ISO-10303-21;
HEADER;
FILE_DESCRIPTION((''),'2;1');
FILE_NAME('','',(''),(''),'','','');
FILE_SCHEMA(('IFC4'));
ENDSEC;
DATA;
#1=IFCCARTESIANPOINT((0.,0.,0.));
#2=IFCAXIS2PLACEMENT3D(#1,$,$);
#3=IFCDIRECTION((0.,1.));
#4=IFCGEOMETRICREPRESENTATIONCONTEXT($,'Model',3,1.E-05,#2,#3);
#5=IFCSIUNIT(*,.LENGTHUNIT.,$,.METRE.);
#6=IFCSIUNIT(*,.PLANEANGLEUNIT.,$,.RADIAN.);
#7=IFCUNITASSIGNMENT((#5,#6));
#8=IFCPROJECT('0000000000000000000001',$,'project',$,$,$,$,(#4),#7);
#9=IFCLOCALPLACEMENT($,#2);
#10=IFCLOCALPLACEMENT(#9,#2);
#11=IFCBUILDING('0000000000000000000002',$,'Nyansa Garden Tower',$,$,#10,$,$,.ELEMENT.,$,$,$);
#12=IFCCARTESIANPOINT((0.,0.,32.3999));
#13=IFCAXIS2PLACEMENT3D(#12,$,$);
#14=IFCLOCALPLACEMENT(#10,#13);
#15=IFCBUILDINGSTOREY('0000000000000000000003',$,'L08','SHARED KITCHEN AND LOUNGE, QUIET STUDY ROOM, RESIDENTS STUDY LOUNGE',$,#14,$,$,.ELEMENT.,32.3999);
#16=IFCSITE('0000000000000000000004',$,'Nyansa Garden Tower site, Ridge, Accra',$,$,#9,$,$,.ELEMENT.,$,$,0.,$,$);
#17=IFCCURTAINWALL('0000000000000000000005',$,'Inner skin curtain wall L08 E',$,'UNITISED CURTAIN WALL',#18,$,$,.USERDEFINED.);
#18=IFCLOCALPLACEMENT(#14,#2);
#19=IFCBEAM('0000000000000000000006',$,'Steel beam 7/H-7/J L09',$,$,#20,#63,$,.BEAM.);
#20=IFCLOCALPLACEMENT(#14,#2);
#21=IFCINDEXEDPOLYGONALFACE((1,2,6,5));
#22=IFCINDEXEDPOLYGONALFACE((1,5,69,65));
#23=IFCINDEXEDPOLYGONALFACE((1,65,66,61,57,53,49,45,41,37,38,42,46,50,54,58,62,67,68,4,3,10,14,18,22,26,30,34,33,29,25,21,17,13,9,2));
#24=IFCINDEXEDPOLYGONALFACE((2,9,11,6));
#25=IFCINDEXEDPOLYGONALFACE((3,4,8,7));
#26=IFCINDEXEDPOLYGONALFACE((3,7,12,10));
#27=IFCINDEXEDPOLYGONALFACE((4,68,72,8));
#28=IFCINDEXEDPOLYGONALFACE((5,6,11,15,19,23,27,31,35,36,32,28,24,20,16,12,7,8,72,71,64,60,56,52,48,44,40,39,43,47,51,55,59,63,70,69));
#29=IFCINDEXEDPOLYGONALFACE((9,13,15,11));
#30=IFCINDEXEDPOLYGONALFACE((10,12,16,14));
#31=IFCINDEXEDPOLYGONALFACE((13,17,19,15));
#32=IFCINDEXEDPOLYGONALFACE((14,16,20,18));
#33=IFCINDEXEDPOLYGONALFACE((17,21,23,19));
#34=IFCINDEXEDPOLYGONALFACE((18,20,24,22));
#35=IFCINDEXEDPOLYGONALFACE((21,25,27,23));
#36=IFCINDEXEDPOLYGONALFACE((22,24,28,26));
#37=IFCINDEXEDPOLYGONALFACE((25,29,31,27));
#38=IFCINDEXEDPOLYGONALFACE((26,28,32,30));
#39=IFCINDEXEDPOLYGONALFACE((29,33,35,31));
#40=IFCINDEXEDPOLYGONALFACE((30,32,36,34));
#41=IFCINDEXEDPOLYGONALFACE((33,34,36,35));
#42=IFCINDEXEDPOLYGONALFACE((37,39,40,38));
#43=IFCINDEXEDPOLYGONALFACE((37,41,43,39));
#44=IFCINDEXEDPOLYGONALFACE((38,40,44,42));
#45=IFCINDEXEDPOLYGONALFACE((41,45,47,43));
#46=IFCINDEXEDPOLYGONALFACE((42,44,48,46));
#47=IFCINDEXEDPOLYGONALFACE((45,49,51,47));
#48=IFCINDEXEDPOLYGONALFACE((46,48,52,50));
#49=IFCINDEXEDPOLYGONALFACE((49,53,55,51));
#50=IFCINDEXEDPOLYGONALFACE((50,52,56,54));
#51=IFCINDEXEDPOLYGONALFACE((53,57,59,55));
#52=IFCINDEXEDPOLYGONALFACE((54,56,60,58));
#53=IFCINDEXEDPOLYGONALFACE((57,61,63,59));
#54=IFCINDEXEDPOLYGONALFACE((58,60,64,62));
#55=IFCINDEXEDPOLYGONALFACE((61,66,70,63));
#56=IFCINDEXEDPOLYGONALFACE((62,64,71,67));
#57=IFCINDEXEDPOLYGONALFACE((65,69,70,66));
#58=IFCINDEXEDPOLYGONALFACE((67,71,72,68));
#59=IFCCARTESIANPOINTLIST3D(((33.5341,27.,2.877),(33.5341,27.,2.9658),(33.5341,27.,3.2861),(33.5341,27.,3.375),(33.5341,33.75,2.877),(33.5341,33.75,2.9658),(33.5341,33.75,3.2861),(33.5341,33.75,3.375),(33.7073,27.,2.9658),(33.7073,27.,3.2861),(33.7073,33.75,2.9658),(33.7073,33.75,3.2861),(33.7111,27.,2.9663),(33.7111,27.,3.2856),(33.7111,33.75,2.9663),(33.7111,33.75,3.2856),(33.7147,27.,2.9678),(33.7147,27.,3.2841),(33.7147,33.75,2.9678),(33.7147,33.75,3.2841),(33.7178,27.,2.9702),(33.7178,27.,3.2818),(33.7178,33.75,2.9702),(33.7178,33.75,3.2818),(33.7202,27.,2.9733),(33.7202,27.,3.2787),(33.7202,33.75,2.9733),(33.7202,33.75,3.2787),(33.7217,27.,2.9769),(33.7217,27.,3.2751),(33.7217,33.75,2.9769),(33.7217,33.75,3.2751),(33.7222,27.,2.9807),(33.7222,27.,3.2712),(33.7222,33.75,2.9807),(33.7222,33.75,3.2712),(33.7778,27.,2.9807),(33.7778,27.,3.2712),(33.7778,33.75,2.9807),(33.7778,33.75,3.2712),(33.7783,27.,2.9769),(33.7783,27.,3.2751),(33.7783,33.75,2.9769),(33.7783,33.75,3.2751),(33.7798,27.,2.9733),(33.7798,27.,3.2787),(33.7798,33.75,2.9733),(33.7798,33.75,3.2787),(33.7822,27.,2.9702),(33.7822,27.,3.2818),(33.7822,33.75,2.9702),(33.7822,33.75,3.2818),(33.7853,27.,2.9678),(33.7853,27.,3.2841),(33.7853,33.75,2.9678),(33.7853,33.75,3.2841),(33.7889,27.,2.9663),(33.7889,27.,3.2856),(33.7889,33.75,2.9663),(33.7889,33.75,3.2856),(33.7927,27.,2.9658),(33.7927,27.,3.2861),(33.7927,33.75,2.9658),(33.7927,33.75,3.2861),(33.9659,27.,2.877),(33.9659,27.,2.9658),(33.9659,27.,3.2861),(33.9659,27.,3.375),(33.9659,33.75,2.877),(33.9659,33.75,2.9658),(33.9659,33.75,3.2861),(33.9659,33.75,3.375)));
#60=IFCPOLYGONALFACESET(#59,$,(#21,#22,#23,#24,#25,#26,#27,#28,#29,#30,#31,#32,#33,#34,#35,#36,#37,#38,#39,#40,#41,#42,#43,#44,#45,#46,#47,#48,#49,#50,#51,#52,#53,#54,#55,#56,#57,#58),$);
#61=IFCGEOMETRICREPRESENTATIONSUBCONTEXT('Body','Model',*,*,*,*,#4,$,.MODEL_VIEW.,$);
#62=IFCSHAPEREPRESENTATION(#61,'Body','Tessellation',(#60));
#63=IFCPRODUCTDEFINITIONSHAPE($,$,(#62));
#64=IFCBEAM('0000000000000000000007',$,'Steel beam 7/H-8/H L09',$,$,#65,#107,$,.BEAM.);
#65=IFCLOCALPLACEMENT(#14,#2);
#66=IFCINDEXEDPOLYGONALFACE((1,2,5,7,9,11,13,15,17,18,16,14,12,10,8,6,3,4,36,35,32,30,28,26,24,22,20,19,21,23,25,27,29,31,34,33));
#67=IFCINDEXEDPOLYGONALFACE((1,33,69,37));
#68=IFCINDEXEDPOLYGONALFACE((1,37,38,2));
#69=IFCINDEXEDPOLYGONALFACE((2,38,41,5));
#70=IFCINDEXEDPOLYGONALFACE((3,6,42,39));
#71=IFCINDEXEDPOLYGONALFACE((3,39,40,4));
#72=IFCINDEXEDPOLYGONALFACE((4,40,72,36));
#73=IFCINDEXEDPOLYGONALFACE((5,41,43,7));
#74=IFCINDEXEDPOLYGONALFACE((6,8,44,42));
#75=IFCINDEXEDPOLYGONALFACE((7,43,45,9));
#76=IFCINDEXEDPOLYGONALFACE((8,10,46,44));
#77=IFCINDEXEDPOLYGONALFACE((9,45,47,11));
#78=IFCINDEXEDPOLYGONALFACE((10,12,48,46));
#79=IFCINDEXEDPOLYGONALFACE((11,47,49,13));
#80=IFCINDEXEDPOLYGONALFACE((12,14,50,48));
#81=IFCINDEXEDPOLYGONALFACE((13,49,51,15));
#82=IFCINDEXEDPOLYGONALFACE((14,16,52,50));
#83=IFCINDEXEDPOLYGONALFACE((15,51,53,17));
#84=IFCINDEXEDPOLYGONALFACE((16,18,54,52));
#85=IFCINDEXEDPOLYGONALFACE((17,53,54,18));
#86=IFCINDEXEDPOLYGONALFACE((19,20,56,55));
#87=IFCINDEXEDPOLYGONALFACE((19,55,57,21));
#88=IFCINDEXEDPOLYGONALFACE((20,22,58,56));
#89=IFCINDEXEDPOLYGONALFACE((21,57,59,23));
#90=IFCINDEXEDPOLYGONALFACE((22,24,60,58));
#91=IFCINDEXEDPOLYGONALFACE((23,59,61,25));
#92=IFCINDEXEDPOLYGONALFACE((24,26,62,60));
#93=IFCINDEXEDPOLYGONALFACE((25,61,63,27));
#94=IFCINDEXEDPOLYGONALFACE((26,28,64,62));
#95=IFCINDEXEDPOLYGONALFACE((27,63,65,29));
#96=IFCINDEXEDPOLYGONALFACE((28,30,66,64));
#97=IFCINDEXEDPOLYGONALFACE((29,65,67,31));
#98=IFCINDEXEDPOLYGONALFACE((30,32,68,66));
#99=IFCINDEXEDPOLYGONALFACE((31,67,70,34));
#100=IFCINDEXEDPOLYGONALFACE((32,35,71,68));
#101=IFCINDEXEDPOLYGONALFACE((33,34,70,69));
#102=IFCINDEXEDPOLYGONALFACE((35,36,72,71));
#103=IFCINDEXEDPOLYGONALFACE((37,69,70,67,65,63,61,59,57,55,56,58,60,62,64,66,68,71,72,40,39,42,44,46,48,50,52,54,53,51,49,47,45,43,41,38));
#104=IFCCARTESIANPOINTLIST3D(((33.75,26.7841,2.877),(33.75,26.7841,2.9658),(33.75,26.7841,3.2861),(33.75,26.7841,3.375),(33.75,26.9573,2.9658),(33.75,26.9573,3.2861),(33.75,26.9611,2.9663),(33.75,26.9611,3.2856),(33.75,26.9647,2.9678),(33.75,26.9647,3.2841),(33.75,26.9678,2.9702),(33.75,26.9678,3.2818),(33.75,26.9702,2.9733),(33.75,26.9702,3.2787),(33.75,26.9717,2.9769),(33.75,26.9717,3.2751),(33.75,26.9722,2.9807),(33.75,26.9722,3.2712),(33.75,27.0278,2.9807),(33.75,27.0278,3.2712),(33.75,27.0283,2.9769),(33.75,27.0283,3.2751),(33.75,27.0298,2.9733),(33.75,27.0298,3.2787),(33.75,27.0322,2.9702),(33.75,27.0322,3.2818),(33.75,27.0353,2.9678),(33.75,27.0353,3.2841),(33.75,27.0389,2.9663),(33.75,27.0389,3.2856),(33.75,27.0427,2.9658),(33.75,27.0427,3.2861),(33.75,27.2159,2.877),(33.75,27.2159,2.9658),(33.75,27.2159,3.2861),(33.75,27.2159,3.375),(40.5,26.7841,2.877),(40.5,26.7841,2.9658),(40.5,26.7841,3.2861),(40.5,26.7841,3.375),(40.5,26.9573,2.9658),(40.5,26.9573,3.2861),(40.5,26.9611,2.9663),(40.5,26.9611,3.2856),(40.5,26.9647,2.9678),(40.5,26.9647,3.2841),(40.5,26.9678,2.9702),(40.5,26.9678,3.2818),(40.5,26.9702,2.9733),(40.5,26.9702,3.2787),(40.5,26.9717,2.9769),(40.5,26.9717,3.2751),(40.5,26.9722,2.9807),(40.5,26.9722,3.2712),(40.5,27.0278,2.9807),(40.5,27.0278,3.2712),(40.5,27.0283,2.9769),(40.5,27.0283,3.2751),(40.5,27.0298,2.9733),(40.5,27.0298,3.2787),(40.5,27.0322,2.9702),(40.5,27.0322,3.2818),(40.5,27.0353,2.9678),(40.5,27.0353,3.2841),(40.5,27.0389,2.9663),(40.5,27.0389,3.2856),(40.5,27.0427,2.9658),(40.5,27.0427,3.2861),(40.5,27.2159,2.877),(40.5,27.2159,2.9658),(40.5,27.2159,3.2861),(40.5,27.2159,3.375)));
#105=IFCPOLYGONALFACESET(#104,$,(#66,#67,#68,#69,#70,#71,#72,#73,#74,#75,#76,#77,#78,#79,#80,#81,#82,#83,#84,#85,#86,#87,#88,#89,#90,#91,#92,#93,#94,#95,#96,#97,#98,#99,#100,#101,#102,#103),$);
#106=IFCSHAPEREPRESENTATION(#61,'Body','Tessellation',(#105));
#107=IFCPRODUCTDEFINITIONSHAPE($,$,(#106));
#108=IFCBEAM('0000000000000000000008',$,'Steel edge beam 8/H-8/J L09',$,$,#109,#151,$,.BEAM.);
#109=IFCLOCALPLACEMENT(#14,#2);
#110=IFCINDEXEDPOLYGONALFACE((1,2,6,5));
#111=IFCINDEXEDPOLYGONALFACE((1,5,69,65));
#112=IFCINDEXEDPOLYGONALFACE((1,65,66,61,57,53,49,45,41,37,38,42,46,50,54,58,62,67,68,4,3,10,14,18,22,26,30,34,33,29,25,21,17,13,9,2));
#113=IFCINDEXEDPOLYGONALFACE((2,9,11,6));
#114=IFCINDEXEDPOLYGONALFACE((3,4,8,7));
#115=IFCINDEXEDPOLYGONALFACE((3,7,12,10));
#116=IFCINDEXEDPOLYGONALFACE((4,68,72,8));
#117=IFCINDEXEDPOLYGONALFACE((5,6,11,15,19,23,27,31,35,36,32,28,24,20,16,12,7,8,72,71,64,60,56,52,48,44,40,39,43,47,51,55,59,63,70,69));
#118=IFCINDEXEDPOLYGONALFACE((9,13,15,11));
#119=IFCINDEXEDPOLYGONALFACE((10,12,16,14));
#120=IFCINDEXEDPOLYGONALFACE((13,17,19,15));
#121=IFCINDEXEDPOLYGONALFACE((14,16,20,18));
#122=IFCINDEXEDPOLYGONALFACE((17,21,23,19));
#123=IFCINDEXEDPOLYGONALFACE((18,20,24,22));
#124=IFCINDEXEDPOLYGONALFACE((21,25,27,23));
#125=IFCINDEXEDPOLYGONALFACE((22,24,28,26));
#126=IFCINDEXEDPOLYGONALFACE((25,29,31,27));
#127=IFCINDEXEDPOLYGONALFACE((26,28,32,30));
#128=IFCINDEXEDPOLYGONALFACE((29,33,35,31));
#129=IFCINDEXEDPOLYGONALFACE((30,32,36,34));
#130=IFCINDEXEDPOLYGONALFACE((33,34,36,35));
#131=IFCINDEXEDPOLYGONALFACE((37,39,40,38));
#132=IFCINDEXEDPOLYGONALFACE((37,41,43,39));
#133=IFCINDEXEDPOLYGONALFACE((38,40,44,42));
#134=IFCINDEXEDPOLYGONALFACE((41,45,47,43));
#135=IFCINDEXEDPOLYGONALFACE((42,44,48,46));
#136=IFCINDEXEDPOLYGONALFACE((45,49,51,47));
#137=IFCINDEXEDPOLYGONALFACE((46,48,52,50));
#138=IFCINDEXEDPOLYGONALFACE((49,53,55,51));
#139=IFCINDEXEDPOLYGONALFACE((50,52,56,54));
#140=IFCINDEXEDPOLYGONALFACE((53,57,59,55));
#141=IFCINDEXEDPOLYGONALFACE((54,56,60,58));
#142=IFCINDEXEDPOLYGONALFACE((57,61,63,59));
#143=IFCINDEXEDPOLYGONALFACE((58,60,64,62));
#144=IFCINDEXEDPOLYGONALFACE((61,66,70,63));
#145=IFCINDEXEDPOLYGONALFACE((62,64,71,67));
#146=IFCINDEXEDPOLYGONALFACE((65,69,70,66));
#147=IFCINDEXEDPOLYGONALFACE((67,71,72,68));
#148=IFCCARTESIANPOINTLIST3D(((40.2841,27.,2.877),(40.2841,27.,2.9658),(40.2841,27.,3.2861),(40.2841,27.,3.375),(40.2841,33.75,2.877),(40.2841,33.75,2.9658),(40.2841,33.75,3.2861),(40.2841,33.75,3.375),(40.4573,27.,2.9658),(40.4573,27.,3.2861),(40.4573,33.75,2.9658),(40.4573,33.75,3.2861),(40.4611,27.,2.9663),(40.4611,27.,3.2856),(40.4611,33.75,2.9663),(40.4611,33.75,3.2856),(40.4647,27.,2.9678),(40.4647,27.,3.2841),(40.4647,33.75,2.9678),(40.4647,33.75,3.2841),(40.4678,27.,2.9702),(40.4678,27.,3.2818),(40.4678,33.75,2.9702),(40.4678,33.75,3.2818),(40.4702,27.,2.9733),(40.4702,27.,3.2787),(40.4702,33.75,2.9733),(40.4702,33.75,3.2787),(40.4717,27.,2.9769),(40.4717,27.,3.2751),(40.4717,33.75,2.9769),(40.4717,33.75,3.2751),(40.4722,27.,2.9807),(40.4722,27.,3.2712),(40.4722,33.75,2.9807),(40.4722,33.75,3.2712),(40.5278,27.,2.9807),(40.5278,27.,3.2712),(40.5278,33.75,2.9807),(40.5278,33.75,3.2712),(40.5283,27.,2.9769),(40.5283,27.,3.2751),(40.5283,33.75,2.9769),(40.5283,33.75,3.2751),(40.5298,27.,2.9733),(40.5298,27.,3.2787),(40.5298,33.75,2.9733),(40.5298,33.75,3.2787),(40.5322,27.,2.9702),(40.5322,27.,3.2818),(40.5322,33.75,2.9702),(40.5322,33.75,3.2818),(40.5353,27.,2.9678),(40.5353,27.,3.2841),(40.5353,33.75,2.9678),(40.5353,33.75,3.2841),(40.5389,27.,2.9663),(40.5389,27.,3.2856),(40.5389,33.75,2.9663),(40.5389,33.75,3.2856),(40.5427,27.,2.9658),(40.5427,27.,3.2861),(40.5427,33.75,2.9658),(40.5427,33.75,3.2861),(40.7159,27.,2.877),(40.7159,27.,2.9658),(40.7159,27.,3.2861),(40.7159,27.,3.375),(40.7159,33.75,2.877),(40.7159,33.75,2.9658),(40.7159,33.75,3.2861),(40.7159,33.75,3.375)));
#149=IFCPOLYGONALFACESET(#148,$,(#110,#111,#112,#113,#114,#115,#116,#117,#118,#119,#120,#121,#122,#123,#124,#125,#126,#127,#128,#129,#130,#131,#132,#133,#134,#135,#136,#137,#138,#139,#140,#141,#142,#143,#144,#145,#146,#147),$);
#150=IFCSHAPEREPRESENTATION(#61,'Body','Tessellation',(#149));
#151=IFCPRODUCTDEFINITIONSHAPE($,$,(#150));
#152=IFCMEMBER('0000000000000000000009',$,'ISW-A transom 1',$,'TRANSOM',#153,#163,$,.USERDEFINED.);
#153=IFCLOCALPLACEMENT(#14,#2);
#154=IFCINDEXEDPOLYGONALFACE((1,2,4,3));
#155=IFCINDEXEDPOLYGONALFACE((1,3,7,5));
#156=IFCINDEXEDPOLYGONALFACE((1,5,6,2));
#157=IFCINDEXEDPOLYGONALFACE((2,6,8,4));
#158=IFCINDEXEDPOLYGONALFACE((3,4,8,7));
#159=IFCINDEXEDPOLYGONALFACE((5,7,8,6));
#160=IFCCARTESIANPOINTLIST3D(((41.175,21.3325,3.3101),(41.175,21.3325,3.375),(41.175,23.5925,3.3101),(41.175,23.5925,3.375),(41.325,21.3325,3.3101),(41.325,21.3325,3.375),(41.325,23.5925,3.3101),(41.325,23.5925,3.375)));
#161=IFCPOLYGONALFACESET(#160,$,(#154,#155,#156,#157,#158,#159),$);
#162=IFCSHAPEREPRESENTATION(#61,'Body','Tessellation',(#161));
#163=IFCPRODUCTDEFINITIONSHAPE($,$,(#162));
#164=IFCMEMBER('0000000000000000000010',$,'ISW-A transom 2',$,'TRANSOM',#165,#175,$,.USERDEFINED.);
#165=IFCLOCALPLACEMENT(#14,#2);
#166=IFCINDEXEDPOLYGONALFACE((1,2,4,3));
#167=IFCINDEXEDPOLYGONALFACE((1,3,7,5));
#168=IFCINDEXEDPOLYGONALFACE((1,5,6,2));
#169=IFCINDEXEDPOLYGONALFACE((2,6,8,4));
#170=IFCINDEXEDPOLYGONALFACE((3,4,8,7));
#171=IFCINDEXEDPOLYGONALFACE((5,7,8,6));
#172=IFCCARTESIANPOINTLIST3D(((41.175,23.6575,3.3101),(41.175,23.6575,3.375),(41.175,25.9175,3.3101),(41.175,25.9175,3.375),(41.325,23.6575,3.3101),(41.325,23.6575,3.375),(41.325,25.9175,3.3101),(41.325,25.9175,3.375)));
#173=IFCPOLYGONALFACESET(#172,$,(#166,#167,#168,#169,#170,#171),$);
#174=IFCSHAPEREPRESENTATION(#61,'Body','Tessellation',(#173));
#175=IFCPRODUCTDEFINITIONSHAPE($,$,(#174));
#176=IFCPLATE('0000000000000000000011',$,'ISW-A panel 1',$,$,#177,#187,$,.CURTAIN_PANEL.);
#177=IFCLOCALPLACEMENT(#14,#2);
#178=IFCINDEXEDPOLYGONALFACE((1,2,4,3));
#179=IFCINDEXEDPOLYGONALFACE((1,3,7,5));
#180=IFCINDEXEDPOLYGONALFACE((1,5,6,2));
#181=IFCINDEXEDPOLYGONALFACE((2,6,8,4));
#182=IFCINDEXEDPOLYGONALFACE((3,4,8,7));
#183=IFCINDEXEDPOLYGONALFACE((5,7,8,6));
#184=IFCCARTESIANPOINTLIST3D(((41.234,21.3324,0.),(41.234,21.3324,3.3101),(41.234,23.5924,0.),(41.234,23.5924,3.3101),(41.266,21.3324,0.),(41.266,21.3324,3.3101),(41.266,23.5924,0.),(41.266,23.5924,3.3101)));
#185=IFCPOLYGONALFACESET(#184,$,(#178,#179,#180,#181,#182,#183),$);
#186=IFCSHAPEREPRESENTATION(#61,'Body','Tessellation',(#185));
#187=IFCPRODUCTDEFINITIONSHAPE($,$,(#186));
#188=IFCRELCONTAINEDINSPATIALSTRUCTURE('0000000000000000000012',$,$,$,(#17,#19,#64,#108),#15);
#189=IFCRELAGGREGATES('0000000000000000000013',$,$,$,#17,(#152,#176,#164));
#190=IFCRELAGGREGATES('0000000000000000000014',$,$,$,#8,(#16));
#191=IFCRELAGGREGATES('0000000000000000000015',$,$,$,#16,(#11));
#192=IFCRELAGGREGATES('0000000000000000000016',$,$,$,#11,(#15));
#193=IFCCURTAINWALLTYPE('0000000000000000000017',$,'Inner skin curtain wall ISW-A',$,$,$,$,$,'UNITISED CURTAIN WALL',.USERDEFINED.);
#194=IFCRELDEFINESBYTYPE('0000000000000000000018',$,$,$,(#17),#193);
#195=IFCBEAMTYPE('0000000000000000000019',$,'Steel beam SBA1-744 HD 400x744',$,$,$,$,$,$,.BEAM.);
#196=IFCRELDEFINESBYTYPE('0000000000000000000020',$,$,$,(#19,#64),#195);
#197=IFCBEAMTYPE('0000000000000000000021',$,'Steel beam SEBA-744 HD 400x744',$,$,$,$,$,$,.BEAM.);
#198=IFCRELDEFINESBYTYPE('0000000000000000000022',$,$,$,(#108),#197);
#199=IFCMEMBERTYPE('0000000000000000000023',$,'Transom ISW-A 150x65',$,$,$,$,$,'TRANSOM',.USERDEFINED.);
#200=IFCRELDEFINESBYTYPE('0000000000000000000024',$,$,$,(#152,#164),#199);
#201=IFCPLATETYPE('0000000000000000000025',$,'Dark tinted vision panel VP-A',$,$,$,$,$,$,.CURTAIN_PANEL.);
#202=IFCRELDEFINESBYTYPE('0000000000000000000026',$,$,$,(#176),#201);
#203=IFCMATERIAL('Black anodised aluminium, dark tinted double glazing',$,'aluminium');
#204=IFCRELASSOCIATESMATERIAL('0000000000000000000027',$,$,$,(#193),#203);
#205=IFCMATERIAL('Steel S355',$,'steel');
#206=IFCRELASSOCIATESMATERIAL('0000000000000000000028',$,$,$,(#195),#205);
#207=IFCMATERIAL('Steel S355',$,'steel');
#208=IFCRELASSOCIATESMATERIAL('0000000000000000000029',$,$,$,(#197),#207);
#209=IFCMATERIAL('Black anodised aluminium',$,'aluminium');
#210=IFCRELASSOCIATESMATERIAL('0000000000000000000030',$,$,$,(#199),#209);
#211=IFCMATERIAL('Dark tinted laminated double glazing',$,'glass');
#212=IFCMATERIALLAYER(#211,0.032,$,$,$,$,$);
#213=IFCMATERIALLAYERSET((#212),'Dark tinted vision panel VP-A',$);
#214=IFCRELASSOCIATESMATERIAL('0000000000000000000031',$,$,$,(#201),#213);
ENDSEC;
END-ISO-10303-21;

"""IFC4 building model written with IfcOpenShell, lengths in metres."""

from ifc_helpers import new_model, si_unit, direction, frame, origin, origin_2d, place, context, subcontext, project, spatial, rectangle, i_section, extrude, material, layer, layer_set, material_profile, profile_set, type_object, element, aggregate, save


model = new_model("IFC4")

# Units and contexts
model_context = context("Model", 3, precision=1e-05, world=origin(), true_north=direction((0.0, 1.0)))
body_context = subcontext(model_context, "Body", "Model", "MODEL_VIEW")
ifc_project = project(units=[si_unit("LENGTHUNIT", "METRE"), si_unit("PLANEANGLEUNIT", "RADIAN")], contexts=[model_context])

# Site, building, storey
site_placement = place(None, origin())
site = spatial("IfcSite", under=ifc_project, at=site_placement, Name="Nyansa Garden Tower site, Ridge, Accra", CompositionType="ELEMENT", RefElevation=0.0)
building_placement = place(site_placement, origin())
building = spatial("IfcBuilding", under=site, at=building_placement, Name="Nyansa Garden Tower", CompositionType="ELEMENT")
storey_placement = place(building_placement, frame((0.0, 0.0, 32.3999)))
storey = spatial("IfcBuildingStorey", under=building, at=storey_placement, Name="L08", Description="SHARED KITCHEN AND LOUNGE, QUIET STUDY ROOM, RESIDENTS STUDY LOUNGE", CompositionType="ELEMENT", Elevation=32.3999)

# Curtain wall
ifc_material_1 = material(Name="Black anodised aluminium, dark tinted double glazing", Category="aluminium")
curtain_wall_type = type_object("IfcCurtainWallType", Name="Inner skin curtain wall ISW-A", ElementType="UNITISED CURTAIN WALL", PredefinedType="USERDEFINED", material=ifc_material_1)
curtain_wall_1_placement = place(storey_placement, origin())
curtain_wall_1 = element("IfcCurtainWall", 1, at=curtain_wall_1_placement, inside=storey, type_object=curtain_wall_type, Name="Inner skin curtain wall L08 E", ObjectType="UNITISED CURTAIN WALL", PredefinedType="USERDEFINED")

# Beams
ifc_material_2 = material(Name="Steel S355", Category="steel")
ifc_material_profile_1 = material_profile(ifc_material_2, i_section(OverallWidth=0.4319, OverallDepth=0.498, WebThickness=0.0557, FlangeThickness=0.0889, FilletRadius=0.0149, at=origin_2d()), Name="HD 400x744")
ifc_profile_set_1 = profile_set([ifc_material_profile_1], Name="Steel S355")
beam_type_1 = type_object("IfcBeamType", Name="Steel beam SBA1-744 HD 400x744", PredefinedType="BEAM", material=ifc_profile_set_1)
for number, where, z_axis, x_axis, name in (
    (2, (33.75, 27.0, 3.126), (0.0, 1.0, 0.0), (-1.0, 0.0, 0.0), "Steel beam 7/H-7/J L09"),
    (3, (33.75, 27.0, 3.126), (1.0, 0.0, 0.0), (0.0, 1.0, 0.0), "Steel beam 7/H-8/H L09"),
):
    element("IfcBeam", number, at=place(storey_placement, frame(where, z_axis=z_axis, x_axis=x_axis)), inside=storey, type_object=beam_type_1, Name=name, PredefinedType="BEAM", context=body_context, shape_type="SweptSolid", body=[
        extrude(i_section(OverallWidth=0.4319, OverallDepth=0.498, WebThickness=0.0557, FlangeThickness=0.0889, FilletRadius=0.0149, at=origin_2d()), origin(), (0.0, 0.0, 1.0), 6.75),
    ])
ifc_material_3 = material(Name="Steel S355", Category="steel")
ifc_material_profile_2 = material_profile(ifc_material_3, i_section(OverallWidth=0.4319, OverallDepth=0.498, WebThickness=0.0557, FlangeThickness=0.0889, FilletRadius=0.0149, at=origin_2d()), Name="HD 400x744")
ifc_profile_set_2 = profile_set([ifc_material_profile_2], Name="Steel S355")
beam_type_2 = type_object("IfcBeamType", Name="Steel beam SEBA-744 HD 400x744", PredefinedType="BEAM", material=ifc_profile_set_2)
beam_1_placement = place(storey_placement, frame((40.5, 27.0, 3.126), z_axis=(0.0, 1.0, 0.0), x_axis=(-1.0, 0.0, 0.0)))
element("IfcBeam", 4, at=beam_1_placement, inside=storey, type_object=beam_type_2, Name="Steel edge beam 8/H-8/J L09", PredefinedType="BEAM", context=body_context, shape_type="SweptSolid", body=[
    extrude(i_section(OverallWidth=0.4319, OverallDepth=0.498, WebThickness=0.0557, FlangeThickness=0.0889, FilletRadius=0.0149, at=origin_2d()), origin(), (0.0, 0.0, 1.0), 6.75),
])

# Members
ifc_material_4 = material(Name="Black anodised aluminium", Category="aluminium")
ifc_material_profile_3 = material_profile(ifc_material_4, rectangle(XDim=0.1499, YDim=0.0649, at=origin_2d()), Name="Transom 150x65")
ifc_profile_set_3 = profile_set([ifc_material_profile_3], Name="Black anodised aluminium")
member_type_1 = type_object("IfcMemberType", Name="Transom ISW-A 150x65", ElementType="TRANSOM", PredefinedType="USERDEFINED", material=ifc_profile_set_3)
member_1_placement = place(storey_placement, frame((41.25, 21.3325, 3.3425), z_axis=(0.0, 1.0, 0.0), x_axis=(-1.0, 0.0, 0.0)))
member_1 = element("IfcMember", 5, at=member_1_placement, type_object=member_type_1, Name="ISW-A transom 1", ObjectType="TRANSOM", PredefinedType="USERDEFINED", context=body_context, shape_type="SweptSolid", body=[
    extrude(rectangle(XDim=0.1499, YDim=0.0649, at=origin_2d()), origin(), (0.0, 0.0, 1.0), 2.26),
])
member_2_placement = place(storey_placement, frame((41.25, 23.6575, 3.3425), z_axis=(0.0, 1.0, 0.0), x_axis=(-1.0, 0.0, 0.0)))
member_2 = element("IfcMember", 6, at=member_2_placement, type_object=member_type_1, Name="ISW-A transom 2", ObjectType="TRANSOM", PredefinedType="USERDEFINED", context=body_context, shape_type="SweptSolid", body=[
    extrude(rectangle(XDim=0.1499, YDim=0.0649, at=origin_2d()), origin(), (0.0, 0.0, 1.0), 2.26),
])

# Plate
ifc_material_5 = material(Name="Dark tinted laminated double glazing", Category="glass")
ifc_layer_1 = layer(ifc_material_5, 0.032)
ifc_layer_set_1 = layer_set([ifc_layer_1], Name="Dark tinted vision panel VP-A")
plate_type_1 = type_object("IfcPlateType", Name="Dark tinted vision panel VP-A", PredefinedType="CURTAIN_PANEL", material=ifc_layer_set_1)
plate_1_placement = place(storey_placement, frame((41.25, 22.4624, 0.0), z_axis=(0.0, 0.0, 1.0), x_axis=(0.0, 1.0, 0.0)))
plate_1 = element("IfcPlate", 7, at=plate_1_placement, type_object=plate_type_1, Name="ISW-A panel 1", PredefinedType="CURTAIN_PANEL", context=body_context, shape_type="SweptSolid", body=[
    extrude(rectangle(XDim=2.26, YDim=0.032, at=origin_2d()), origin(), (0.0, 0.0, 1.0), 3.3101),
])
aggregate(curtain_wall_1, [member_1, plate_1, member_2])

save(model, "model.ifc")
